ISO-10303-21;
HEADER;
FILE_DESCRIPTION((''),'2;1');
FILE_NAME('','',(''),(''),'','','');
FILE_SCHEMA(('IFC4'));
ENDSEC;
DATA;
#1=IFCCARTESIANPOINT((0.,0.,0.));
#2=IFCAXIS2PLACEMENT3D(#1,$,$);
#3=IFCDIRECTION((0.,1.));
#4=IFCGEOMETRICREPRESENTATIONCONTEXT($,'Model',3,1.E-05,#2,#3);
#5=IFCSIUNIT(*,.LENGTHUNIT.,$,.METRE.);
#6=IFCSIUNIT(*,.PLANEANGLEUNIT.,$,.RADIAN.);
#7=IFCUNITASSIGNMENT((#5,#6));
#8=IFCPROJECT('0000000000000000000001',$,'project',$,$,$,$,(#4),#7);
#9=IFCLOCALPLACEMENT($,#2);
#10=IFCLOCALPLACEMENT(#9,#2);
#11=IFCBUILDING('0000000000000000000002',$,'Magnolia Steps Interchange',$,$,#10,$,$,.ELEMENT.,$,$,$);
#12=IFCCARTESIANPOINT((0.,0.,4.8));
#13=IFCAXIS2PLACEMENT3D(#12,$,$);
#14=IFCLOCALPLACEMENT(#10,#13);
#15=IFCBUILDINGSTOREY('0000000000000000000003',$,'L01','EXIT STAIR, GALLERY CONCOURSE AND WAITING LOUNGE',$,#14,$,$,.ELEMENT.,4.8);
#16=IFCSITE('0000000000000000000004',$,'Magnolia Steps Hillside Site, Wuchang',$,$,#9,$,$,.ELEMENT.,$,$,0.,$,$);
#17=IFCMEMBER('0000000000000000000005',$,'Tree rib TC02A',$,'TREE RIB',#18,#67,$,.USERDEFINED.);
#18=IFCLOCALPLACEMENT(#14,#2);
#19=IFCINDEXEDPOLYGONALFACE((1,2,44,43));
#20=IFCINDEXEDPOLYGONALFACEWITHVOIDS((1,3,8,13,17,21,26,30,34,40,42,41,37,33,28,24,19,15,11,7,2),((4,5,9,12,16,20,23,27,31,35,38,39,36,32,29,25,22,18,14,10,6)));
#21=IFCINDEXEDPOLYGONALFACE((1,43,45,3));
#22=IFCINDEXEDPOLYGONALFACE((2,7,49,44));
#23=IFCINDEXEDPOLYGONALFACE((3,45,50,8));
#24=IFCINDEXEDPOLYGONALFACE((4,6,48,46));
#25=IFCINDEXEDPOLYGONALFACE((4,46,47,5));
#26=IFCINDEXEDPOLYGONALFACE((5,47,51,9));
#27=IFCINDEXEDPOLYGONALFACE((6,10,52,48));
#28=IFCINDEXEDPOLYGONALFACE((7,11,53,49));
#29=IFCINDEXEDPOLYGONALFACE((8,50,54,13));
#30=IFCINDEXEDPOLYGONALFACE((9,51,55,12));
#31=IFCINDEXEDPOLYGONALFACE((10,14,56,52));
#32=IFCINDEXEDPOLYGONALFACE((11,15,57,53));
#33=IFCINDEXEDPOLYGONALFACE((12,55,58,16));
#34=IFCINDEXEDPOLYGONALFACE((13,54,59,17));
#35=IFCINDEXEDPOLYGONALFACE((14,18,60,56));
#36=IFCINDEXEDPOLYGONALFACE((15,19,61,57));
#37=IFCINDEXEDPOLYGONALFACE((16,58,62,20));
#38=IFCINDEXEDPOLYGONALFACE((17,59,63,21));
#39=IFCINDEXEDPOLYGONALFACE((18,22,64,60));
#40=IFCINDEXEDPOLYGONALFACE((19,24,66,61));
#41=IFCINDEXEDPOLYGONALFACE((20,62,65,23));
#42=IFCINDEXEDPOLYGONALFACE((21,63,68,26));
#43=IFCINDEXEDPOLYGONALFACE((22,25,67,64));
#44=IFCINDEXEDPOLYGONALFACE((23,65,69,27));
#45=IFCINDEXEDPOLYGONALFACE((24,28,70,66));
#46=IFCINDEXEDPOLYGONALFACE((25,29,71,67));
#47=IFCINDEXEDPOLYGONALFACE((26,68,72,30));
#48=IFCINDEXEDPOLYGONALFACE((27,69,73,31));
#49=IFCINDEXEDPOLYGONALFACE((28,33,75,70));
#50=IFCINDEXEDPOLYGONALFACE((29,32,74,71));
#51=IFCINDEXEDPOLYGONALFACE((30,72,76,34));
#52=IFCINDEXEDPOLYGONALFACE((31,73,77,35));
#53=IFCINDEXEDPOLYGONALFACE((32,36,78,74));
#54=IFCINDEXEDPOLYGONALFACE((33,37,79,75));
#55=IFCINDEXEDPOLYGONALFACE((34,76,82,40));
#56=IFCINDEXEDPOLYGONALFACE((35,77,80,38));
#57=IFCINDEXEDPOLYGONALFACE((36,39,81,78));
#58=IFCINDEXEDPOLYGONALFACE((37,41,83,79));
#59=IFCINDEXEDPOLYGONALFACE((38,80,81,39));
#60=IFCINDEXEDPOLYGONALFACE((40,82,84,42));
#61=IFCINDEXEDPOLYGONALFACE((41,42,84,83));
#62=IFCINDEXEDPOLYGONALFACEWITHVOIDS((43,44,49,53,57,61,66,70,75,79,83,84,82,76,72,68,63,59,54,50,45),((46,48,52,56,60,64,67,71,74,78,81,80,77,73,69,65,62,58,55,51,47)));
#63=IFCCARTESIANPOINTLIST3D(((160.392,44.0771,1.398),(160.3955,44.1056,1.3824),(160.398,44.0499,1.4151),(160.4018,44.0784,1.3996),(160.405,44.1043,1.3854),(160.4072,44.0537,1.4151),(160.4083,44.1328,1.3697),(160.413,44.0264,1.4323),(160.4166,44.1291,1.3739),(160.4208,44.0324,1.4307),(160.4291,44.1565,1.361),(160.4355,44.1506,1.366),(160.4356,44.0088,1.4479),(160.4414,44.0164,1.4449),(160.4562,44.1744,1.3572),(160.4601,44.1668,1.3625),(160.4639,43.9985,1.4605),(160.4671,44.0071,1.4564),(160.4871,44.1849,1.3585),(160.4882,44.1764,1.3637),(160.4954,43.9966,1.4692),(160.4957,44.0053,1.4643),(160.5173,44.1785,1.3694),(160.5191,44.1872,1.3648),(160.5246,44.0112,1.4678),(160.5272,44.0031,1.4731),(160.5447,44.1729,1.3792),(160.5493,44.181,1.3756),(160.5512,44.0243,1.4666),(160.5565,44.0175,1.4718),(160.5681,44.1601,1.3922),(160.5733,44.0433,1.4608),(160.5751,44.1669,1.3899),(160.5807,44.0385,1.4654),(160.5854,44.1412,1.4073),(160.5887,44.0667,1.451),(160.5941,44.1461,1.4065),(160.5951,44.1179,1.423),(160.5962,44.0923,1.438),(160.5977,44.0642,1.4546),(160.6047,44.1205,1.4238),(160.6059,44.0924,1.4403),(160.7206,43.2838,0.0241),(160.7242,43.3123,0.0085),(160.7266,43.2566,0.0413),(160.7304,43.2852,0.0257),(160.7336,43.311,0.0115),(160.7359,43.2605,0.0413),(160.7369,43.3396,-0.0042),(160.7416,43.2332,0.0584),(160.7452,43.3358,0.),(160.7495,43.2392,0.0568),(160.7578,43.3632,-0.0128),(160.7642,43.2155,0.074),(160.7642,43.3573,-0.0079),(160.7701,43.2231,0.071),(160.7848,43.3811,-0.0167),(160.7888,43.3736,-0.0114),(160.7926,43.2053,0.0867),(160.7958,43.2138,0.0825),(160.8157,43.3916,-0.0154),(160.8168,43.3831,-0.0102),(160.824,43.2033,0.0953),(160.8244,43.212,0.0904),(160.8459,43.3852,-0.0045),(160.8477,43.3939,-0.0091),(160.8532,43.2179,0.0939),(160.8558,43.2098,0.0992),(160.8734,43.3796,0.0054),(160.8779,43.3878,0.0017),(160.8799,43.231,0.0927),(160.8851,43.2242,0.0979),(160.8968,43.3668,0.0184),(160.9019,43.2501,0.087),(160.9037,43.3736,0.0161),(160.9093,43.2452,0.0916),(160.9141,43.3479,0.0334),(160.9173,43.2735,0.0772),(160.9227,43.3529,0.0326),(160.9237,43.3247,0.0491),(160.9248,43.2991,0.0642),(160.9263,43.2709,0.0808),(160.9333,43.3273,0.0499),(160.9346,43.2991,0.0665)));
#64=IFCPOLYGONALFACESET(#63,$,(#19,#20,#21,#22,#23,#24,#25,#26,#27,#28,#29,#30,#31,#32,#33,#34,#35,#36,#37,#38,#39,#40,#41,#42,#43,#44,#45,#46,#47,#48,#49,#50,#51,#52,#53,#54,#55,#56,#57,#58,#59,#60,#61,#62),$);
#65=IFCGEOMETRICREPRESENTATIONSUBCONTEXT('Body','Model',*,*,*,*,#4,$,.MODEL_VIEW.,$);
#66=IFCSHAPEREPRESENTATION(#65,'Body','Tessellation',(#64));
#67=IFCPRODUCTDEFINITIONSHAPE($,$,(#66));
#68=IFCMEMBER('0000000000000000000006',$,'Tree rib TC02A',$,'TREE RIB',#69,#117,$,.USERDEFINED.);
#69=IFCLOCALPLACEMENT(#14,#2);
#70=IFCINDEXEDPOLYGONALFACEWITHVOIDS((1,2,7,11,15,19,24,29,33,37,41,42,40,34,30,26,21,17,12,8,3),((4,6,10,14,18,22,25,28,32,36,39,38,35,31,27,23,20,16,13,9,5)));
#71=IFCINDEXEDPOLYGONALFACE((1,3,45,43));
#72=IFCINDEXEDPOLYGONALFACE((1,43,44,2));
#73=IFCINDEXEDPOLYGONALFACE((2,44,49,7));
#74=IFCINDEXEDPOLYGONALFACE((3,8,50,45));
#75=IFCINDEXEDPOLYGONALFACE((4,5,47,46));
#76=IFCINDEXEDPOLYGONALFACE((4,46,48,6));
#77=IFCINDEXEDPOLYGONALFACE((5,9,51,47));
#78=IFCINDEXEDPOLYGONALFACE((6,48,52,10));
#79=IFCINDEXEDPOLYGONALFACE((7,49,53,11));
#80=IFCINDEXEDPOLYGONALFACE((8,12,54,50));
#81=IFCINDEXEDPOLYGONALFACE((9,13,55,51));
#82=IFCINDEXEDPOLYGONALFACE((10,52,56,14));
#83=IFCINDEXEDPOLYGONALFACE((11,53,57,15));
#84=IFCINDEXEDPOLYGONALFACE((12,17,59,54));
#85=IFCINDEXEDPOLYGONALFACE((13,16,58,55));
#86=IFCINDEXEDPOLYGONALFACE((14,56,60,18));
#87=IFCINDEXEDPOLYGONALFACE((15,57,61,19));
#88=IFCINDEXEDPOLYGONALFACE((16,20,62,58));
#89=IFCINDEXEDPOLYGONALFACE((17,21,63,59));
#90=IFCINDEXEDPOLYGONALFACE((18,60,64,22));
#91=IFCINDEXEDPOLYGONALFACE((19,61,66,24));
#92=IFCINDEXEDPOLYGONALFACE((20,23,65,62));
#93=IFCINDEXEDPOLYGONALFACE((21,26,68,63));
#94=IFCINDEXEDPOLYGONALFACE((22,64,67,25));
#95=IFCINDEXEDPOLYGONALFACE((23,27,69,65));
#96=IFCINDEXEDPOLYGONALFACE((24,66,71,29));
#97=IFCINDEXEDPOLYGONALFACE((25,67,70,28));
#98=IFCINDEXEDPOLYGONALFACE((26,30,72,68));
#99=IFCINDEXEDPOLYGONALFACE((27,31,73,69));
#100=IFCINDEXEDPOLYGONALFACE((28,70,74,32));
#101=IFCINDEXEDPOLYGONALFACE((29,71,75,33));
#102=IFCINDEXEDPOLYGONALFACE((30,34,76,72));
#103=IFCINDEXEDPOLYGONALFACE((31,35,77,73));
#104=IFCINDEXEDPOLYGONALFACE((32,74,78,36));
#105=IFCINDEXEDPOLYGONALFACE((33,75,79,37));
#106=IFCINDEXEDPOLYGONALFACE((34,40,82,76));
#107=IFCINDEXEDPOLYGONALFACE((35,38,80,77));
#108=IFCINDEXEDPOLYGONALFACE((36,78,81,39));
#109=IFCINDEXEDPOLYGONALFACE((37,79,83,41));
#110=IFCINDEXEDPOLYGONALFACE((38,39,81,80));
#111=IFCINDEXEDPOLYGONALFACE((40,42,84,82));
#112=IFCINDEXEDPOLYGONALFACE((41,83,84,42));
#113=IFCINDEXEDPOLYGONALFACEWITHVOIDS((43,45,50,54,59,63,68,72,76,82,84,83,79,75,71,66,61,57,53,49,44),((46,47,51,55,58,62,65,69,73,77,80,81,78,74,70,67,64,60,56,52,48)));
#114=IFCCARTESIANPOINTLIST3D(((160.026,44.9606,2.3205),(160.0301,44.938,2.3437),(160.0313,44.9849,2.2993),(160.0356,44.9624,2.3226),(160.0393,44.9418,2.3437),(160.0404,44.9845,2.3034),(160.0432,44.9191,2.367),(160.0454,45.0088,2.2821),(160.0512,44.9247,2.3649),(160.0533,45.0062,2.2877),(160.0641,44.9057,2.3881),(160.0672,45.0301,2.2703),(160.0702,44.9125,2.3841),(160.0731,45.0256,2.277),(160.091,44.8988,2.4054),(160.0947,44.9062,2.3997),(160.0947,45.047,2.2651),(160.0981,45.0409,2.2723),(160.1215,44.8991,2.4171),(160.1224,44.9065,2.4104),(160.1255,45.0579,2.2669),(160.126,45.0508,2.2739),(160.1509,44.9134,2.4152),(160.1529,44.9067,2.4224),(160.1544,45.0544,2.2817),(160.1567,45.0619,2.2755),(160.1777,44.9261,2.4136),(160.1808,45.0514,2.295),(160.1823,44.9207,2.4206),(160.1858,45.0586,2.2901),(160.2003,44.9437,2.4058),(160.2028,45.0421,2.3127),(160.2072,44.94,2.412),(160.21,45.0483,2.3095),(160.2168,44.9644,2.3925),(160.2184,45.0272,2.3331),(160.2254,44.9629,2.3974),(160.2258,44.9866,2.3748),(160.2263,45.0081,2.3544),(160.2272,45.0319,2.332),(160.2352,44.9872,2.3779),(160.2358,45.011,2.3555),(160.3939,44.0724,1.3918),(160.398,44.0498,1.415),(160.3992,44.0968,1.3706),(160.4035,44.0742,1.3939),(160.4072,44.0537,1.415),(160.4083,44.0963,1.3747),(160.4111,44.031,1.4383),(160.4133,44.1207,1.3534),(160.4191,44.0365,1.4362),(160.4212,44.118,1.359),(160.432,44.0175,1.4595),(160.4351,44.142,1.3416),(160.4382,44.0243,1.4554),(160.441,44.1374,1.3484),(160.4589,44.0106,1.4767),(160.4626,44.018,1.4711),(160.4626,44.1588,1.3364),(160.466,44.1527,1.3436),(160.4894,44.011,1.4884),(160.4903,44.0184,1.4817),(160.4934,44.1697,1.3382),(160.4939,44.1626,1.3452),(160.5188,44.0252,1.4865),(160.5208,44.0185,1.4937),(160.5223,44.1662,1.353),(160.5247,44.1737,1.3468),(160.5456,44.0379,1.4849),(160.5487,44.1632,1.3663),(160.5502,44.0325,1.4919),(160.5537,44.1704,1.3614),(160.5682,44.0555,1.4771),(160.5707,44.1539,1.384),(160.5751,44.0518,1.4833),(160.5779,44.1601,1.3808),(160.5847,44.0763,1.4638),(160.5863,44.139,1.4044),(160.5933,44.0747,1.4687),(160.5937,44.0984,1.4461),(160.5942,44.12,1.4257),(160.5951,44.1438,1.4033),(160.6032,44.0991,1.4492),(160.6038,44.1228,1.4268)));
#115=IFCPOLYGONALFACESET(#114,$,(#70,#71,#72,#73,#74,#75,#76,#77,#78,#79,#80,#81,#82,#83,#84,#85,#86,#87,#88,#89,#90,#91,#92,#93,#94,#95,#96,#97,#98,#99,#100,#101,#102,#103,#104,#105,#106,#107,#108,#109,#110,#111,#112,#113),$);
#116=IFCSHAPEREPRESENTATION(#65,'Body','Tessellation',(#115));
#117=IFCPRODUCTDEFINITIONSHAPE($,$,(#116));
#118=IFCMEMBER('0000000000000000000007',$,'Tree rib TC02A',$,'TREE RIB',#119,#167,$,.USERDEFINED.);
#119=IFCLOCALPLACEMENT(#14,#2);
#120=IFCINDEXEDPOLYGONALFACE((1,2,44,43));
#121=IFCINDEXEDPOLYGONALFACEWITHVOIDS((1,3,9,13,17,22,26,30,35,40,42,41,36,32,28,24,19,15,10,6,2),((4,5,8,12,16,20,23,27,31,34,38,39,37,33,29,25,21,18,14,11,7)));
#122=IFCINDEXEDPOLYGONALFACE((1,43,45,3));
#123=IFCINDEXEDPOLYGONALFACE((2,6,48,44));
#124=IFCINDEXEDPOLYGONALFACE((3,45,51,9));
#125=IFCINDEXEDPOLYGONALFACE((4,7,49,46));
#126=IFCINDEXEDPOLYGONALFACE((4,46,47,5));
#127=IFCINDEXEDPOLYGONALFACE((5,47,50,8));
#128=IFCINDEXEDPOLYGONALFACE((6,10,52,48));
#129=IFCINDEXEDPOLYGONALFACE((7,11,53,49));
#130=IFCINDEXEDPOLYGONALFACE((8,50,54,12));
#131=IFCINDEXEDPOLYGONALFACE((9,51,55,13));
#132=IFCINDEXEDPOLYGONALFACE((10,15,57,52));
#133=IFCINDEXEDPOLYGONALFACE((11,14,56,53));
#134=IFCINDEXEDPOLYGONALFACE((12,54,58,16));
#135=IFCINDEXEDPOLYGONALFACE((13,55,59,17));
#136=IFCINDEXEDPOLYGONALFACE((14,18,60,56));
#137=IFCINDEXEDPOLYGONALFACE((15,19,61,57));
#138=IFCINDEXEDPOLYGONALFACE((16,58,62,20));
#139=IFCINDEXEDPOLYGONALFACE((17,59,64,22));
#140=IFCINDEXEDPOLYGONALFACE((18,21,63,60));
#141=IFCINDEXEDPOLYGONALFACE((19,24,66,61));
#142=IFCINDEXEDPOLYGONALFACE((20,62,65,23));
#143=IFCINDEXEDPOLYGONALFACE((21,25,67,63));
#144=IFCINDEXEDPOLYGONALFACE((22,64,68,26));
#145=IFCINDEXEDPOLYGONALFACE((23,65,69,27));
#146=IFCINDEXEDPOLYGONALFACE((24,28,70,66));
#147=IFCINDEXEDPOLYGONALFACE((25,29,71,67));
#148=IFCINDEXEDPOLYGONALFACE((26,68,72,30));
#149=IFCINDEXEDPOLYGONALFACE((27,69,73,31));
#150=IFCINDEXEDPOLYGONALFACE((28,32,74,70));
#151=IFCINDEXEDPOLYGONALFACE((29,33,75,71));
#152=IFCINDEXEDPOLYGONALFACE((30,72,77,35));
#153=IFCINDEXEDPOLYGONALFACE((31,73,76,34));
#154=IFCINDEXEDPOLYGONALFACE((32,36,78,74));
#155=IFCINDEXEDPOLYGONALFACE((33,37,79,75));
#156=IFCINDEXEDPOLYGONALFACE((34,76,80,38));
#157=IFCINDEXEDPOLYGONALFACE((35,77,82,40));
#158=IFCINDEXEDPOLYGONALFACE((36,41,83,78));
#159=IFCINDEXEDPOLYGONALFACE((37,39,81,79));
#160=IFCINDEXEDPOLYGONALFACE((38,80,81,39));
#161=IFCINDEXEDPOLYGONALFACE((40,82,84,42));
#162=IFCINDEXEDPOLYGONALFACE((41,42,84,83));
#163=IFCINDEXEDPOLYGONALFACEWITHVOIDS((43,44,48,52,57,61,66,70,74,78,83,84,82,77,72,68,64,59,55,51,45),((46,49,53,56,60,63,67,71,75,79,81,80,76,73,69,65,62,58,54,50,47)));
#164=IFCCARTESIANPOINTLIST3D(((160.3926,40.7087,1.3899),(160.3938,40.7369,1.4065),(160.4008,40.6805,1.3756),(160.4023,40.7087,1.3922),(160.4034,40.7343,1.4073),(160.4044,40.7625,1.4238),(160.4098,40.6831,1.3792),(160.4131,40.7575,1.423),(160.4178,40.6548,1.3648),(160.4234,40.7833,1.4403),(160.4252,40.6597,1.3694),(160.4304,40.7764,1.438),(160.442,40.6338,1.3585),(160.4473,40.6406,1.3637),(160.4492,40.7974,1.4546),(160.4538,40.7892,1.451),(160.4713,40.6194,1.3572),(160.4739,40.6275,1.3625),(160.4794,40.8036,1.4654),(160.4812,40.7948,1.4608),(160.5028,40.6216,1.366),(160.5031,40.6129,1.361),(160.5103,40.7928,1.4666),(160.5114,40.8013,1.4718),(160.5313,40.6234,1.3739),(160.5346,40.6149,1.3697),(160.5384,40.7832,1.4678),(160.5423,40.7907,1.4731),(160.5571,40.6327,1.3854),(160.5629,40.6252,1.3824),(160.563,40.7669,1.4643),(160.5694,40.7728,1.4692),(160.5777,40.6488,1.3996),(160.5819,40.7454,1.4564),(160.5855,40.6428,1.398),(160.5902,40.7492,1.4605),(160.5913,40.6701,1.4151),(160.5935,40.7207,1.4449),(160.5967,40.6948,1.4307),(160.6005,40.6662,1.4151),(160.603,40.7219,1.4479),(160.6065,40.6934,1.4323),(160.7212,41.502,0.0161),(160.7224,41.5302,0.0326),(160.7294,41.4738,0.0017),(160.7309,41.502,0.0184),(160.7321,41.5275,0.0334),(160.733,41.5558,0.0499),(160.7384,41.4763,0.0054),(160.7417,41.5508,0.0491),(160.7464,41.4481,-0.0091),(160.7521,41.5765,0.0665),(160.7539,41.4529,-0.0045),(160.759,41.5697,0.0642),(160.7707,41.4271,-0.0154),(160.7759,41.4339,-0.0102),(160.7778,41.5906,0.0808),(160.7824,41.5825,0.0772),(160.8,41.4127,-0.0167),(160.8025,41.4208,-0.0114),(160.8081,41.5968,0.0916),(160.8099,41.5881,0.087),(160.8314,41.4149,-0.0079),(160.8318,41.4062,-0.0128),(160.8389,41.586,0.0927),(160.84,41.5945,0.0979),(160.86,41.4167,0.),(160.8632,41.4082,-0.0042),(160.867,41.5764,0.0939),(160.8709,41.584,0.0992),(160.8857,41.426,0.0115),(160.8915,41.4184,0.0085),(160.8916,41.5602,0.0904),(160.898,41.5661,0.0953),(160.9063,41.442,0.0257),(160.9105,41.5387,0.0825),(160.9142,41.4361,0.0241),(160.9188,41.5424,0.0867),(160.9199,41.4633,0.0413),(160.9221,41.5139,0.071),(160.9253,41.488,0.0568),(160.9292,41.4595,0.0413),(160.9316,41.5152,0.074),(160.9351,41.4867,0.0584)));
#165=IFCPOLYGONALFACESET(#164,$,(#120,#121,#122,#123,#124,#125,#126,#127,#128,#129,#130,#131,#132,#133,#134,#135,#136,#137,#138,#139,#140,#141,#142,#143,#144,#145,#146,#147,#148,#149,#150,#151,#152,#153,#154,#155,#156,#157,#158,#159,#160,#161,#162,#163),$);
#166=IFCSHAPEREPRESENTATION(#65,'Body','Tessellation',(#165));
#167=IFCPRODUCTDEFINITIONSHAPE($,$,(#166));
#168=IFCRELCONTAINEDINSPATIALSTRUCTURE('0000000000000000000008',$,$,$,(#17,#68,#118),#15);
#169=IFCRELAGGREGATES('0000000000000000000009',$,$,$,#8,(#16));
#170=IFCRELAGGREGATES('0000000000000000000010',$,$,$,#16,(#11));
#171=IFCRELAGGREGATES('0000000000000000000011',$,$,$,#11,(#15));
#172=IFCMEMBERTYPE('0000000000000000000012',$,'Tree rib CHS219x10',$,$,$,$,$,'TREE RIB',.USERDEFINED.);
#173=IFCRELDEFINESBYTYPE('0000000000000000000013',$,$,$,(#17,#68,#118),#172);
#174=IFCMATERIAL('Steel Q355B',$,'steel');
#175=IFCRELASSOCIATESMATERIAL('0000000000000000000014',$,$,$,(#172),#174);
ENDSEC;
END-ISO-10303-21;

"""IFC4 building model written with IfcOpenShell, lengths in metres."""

from ifc_helpers import new_model, si_unit, direction, frame, origin, origin_2d, place, context, subcontext, project, spatial, hollow_circle, extrude, material, material_profile, profile_set, type_object, element, save


model = new_model("IFC4")

# Units and contexts
model_context = context("Model", 3, precision=1e-05, world=origin(), true_north=direction((0.0, 1.0)))
body_context = subcontext(model_context, "Body", "Model", "MODEL_VIEW")
ifc_project = project(units=[si_unit("LENGTHUNIT", "METRE"), si_unit("PLANEANGLEUNIT", "RADIAN")], contexts=[model_context])

# Site, building, storey
site_placement = place(None, origin())
site = spatial("IfcSite", under=ifc_project, at=site_placement, Name="Magnolia Steps Hillside Site, Wuchang", CompositionType="ELEMENT", RefElevation=0.0)
building_placement = place(site_placement, origin())
building = spatial("IfcBuilding", under=site, at=building_placement, Name="Magnolia Steps Interchange", CompositionType="ELEMENT")
storey_placement = place(building_placement, frame((0.0, 0.0, 4.8)))
storey = spatial("IfcBuildingStorey", under=building, at=storey_placement, Name="L01", Description="EXIT STAIR, GALLERY CONCOURSE AND WAITING LOUNGE", CompositionType="ELEMENT", Elevation=4.8)

# Members
ifc_material_1 = material(Name="Steel Q355B", Category="steel")
ifc_material_profile_1 = material_profile(ifc_material_1, hollow_circle(Radius=0.1096, WallThickness=0.01, at=origin_2d()), Name="CHS219x10")
ifc_profile_set_1 = profile_set([ifc_material_profile_1], Name="Steel Q355B")
member_type = type_object("IfcMemberType", Name="Tree rib CHS219x10", ElementType="TREE RIB", PredefinedType="USERDEFINED", material=ifc_profile_set_1)
member_1_placement = place(storey_placement, frame((160.8279, 43.2986, 0.0413), z_axis=(-0.202846, 0.489634, 0.848005), x_axis=(-0.923857, -0.382737, 0.0)))
element("IfcMember", 1, at=member_1_placement, inside=storey, type_object=member_type, Name="Tree rib TC02A", ObjectType="TREE RIB", PredefinedType="USERDEFINED", context=body_context, shape_type="SweptSolid", body=[
    extrude(hollow_circle(Radius=0.1096, WallThickness=0.01, at=origin_2d()), origin(), (0.0, 0.0, 1.0), 1.6201),
])
member_2_placement = place(storey_placement, frame((160.4993, 44.0918, 1.415), z_axis=(-0.275247, 0.664465, 0.694784), x_axis=(-0.923871, -0.382703, 0.0)))
element("IfcMember", 2, at=member_2_placement, inside=storey, type_object=member_type, Name="Tree rib TC02A", ObjectType="TREE RIB", PredefinedType="USERDEFINED", context=body_context, shape_type="SweptSolid", body=[
    extrude(hollow_circle(Radius=0.1096, WallThickness=0.01, at=origin_2d()), origin(), (0.0, 0.0, 1.0), 1.3367),
])
member_3_placement = place(storey_placement, frame((160.8279, 41.5015, 0.0413), z_axis=(-0.202846, -0.489634, 0.848005), x_axis=(0.923857, -0.382737, 0.0)))
element("IfcMember", 3, at=member_3_placement, inside=storey, type_object=member_type, Name="Tree rib TC02A", ObjectType="TREE RIB", PredefinedType="USERDEFINED", context=body_context, shape_type="SweptSolid", body=[
    extrude(hollow_circle(Radius=0.1096, WallThickness=0.01, at=origin_2d()), origin(), (0.0, 0.0, 1.0), 1.6201),
])

save(model, "model.ifc")
